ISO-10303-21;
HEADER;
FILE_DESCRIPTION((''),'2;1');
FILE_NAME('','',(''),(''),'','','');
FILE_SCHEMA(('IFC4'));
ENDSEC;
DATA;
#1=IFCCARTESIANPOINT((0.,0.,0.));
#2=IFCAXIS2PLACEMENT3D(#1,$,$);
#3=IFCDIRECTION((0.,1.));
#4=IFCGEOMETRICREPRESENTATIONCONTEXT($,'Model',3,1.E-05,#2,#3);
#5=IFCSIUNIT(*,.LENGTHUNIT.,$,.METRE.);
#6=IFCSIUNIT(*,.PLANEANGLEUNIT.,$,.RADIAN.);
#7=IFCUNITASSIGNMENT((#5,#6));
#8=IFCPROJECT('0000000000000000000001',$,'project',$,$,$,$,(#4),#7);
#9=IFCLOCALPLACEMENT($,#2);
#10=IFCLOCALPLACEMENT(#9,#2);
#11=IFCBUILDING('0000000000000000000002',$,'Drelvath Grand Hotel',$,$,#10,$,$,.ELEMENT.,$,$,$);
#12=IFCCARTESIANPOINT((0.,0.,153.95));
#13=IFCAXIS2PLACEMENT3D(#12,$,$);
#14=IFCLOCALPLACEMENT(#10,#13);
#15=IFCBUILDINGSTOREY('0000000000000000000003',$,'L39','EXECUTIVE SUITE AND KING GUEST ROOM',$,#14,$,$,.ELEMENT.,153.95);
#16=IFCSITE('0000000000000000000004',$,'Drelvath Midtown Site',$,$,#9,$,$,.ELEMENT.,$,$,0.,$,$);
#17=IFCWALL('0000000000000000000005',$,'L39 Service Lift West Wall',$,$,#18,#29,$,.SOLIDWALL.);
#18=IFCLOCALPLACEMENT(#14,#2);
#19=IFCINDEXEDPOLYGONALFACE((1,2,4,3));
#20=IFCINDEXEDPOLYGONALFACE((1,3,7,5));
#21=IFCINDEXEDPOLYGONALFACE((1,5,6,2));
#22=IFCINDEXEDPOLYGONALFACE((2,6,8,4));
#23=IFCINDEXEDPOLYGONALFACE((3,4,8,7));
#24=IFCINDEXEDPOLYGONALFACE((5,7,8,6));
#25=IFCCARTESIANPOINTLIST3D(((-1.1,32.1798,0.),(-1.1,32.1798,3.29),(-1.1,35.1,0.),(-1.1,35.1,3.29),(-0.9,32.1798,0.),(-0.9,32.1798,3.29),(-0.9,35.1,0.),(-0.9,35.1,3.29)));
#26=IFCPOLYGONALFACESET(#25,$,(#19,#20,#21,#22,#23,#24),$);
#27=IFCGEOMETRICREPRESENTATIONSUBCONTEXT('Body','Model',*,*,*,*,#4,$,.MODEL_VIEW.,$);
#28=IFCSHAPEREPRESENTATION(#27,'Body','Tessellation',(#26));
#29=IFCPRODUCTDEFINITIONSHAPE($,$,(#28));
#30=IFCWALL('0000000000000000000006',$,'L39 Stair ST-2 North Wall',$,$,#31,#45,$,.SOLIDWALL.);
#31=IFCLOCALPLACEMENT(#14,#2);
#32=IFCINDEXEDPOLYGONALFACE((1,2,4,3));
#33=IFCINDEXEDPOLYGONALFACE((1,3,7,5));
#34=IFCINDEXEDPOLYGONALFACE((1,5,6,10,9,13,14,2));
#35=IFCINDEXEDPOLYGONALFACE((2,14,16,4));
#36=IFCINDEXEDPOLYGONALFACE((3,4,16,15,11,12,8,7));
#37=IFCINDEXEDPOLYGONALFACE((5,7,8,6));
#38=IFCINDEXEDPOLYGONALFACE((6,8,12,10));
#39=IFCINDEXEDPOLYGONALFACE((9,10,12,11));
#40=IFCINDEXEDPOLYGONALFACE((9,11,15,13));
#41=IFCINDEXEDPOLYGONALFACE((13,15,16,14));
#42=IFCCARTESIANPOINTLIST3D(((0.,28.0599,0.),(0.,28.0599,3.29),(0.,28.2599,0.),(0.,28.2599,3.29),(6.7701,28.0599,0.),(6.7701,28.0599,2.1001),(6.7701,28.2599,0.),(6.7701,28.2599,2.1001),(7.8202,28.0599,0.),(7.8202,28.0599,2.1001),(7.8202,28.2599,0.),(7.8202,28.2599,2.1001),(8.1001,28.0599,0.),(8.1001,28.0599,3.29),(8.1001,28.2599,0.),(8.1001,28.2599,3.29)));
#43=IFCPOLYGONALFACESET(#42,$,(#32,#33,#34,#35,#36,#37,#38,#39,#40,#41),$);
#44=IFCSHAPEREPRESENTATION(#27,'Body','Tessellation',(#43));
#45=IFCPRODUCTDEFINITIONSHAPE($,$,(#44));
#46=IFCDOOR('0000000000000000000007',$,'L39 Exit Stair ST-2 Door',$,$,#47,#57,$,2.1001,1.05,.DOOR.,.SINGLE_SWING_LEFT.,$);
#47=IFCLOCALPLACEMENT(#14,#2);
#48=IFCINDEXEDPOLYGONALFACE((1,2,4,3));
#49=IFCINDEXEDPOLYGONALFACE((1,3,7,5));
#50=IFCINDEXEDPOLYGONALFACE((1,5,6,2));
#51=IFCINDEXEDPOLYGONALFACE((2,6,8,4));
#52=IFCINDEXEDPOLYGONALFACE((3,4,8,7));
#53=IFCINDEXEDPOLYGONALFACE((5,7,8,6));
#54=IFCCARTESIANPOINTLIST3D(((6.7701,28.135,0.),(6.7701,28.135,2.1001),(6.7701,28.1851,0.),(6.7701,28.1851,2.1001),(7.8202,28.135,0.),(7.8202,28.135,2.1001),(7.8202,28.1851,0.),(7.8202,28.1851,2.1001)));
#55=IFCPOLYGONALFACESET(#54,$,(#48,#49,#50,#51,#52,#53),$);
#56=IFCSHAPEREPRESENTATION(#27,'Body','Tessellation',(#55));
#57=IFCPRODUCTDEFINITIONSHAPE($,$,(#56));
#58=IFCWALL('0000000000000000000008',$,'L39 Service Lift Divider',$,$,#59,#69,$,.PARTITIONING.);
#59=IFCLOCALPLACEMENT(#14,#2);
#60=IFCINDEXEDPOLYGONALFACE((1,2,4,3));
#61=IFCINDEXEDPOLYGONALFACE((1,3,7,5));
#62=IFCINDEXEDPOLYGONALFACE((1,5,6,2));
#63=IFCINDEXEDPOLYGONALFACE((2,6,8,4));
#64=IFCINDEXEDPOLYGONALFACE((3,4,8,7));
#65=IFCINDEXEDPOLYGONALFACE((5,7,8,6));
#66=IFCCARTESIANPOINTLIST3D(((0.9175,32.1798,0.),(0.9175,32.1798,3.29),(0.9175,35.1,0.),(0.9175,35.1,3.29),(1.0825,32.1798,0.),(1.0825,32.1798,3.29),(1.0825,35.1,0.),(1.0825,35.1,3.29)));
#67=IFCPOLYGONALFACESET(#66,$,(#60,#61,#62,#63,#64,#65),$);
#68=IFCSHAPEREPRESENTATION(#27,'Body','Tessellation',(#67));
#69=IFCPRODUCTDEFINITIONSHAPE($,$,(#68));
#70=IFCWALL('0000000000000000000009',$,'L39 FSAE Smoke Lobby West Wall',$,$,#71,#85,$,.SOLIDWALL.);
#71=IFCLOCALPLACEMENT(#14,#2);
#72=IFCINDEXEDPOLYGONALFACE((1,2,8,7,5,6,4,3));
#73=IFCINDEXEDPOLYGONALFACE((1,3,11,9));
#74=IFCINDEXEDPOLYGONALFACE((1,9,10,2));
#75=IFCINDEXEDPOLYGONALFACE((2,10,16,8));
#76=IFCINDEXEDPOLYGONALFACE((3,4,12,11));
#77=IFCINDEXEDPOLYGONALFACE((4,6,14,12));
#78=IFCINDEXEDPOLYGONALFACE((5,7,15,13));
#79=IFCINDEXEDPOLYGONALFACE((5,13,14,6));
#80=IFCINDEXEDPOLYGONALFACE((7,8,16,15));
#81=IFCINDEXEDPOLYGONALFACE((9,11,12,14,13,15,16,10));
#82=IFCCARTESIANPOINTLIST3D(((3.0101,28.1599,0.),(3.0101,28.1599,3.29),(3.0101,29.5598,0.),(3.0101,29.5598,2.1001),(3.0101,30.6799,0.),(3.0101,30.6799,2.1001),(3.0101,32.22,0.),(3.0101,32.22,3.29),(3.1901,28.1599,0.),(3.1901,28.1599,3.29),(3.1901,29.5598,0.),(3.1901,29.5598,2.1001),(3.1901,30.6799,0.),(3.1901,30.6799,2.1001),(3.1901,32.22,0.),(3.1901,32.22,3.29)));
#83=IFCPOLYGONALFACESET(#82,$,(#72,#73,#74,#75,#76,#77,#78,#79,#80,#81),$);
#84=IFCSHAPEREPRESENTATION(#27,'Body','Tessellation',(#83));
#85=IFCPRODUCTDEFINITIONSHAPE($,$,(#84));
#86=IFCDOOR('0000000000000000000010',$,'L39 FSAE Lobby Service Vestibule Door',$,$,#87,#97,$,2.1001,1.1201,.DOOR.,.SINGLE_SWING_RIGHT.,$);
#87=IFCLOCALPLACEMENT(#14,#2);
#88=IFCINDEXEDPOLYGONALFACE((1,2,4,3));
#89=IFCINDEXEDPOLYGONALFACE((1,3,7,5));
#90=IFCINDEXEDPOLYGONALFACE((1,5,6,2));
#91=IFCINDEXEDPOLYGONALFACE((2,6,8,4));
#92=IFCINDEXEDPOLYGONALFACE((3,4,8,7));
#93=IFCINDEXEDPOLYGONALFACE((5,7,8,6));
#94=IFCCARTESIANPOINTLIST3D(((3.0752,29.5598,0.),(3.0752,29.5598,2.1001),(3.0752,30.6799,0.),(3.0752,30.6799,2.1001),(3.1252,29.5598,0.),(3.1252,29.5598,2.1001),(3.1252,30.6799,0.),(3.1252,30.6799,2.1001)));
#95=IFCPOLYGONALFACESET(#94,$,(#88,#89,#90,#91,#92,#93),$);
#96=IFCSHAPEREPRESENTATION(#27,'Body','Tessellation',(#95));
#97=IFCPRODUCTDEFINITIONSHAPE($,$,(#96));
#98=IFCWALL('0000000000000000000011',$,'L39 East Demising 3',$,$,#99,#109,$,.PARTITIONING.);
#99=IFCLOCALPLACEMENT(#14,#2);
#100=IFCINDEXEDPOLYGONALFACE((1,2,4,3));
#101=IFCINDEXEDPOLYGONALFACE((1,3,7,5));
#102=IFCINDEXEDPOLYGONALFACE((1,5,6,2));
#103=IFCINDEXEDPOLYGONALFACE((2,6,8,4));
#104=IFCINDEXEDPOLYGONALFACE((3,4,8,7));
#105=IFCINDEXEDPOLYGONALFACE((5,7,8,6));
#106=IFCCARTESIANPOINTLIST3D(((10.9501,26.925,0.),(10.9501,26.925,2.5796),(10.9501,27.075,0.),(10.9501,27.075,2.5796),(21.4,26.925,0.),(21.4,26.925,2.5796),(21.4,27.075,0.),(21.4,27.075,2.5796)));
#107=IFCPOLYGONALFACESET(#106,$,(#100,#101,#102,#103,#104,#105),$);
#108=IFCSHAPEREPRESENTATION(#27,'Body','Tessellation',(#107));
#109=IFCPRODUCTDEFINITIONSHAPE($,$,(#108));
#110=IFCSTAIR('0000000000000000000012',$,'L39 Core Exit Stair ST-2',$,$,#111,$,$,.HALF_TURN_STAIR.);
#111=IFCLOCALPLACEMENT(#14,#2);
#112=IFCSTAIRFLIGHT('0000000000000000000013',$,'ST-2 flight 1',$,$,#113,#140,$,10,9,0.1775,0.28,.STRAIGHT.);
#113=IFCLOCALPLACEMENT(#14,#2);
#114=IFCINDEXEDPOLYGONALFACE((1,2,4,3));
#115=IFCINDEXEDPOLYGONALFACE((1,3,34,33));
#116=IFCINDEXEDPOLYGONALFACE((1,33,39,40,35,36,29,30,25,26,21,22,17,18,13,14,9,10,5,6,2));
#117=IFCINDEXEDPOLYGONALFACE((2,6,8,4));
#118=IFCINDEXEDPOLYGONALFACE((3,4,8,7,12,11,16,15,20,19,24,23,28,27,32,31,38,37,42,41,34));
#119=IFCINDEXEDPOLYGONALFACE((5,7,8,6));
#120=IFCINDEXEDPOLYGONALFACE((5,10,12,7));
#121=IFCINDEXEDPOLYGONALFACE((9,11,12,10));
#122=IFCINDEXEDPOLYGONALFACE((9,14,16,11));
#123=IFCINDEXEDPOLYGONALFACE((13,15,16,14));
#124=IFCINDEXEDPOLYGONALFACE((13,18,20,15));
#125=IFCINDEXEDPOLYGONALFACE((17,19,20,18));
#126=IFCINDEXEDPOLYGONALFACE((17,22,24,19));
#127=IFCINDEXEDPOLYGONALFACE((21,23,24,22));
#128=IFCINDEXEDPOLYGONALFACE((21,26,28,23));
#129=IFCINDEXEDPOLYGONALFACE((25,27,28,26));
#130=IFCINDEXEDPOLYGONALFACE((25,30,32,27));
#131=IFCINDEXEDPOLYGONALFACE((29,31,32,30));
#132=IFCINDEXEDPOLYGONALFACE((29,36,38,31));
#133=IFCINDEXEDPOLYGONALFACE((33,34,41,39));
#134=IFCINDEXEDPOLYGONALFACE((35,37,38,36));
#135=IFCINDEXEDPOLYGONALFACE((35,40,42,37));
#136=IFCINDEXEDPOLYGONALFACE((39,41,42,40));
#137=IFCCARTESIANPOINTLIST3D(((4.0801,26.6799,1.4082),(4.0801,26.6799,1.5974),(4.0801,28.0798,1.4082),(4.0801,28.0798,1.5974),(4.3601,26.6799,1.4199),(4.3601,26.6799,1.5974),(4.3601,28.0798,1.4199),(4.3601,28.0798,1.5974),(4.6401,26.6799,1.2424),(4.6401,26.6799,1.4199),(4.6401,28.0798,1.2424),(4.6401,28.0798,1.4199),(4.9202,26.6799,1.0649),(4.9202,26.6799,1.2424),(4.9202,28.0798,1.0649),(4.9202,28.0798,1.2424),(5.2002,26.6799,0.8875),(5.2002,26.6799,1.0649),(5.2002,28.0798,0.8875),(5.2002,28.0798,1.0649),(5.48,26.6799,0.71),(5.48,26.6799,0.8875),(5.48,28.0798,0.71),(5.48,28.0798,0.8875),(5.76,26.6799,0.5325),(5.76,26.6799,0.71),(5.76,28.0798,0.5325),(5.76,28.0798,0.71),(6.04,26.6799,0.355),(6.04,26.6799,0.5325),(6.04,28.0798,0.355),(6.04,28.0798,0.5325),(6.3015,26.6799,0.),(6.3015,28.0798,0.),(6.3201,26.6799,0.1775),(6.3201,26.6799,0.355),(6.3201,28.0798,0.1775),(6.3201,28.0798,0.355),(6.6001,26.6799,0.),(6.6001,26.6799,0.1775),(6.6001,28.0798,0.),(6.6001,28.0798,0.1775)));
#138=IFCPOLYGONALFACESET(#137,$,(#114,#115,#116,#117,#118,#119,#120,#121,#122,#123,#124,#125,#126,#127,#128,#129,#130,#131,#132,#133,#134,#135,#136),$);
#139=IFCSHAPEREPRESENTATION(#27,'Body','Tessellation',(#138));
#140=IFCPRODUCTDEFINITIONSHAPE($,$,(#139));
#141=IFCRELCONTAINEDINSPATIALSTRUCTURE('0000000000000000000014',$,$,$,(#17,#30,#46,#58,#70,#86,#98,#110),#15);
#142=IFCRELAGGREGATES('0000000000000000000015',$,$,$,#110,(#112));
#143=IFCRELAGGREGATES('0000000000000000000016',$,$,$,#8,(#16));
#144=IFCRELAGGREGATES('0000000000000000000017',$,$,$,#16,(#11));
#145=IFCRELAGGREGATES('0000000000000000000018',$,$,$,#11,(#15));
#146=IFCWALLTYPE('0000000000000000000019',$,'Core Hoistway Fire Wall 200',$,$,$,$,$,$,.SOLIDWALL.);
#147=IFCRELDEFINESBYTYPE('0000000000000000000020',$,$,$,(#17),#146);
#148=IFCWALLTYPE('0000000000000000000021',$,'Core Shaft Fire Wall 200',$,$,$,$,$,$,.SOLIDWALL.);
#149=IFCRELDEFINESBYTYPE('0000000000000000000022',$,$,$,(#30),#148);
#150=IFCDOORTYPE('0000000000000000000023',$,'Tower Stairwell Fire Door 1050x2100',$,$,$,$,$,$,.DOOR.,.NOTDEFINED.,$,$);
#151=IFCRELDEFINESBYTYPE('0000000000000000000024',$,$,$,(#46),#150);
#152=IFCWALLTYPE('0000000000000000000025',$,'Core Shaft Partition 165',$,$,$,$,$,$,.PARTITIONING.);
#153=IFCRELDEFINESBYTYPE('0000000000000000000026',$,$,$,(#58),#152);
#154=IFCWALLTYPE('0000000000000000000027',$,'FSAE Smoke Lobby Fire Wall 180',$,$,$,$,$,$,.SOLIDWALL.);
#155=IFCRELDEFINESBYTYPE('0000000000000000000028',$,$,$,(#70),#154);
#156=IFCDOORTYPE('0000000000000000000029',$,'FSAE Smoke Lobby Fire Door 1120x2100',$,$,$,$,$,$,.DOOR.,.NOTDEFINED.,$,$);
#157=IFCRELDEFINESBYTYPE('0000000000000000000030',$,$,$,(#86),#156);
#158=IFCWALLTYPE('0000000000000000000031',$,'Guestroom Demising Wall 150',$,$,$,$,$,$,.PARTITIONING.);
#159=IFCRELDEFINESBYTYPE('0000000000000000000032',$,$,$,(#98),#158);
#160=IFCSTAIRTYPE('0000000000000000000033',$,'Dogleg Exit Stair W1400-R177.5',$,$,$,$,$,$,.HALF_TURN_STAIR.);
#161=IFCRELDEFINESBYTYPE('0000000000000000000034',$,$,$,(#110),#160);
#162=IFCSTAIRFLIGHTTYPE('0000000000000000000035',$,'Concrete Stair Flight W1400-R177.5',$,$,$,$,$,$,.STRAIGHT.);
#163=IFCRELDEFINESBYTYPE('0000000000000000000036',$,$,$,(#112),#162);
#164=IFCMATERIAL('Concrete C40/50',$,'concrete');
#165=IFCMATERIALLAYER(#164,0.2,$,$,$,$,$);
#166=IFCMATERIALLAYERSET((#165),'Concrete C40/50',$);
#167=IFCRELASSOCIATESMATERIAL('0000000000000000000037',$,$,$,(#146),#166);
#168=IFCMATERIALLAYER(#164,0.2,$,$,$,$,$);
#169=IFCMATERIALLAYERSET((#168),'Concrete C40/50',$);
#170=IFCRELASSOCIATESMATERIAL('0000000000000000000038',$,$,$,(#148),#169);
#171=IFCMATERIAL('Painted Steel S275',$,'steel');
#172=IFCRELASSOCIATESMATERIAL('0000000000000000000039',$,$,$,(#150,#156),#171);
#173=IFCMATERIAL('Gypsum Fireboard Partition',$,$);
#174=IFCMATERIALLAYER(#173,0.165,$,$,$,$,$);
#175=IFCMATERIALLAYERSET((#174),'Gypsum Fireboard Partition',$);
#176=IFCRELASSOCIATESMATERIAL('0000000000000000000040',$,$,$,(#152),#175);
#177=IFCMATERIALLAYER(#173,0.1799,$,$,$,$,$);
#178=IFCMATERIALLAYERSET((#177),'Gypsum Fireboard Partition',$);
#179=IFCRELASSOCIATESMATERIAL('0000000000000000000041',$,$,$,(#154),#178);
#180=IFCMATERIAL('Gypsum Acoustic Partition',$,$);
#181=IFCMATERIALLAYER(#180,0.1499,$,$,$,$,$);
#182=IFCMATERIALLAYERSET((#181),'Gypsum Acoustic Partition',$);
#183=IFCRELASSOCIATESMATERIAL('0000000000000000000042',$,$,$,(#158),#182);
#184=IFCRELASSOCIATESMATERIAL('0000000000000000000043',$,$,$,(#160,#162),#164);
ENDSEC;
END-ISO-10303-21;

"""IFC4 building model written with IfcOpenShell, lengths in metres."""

from ifc_helpers import new_model, si_unit, direction, frame, frame_2d, origin, place, context, subcontext, project, spatial, polyline, rectangle, outline, extrude, material, layer, layer_set, type_object, element, fill, aggregate, save


model = new_model("IFC4")

# Units and contexts
model_context = context("Model", 3, precision=1e-05, world=origin(), true_north=direction((0.0, 1.0)))
body_context = subcontext(model_context, "Body", "Model", "MODEL_VIEW")
ifc_project = project(units=[si_unit("LENGTHUNIT", "METRE"), si_unit("PLANEANGLEUNIT", "RADIAN")], contexts=[model_context])

# Site, building, storey
site_placement = place(None, origin())
site = spatial("IfcSite", under=ifc_project, at=site_placement, Name="Drelvath Midtown Site", CompositionType="ELEMENT", RefElevation=0.0)
building_placement = place(site_placement, origin())
building = spatial("IfcBuilding", under=site, at=building_placement, Name="Drelvath Grand Hotel", CompositionType="ELEMENT")
storey_placement = place(building_placement, frame((0.0, 0.0, 153.95)))
storey = spatial("IfcBuildingStorey", under=building, at=storey_placement, Name="L39", Description="EXECUTIVE SUITE AND KING GUEST ROOM", CompositionType="ELEMENT", Elevation=153.95)

# Shared definitions
ifc_material_1 = material(Name="Concrete C40/50", Category="concrete")
ifc_layer_1 = layer(ifc_material_1, 0.2)
ifc_layer_set_1 = layer_set([ifc_layer_1], Name="Concrete C40/50")
wall_type_1 = type_object("IfcWallType", Name="Core Hoistway Fire Wall 200", PredefinedType="SOLIDWALL", material=ifc_layer_set_1)

# Wall
wall_1_placement = place(storey_placement, frame((-1.0, 32.1799, 0.0), z_axis=(0.0, 0.0, 1.0), x_axis=(0.0, 1.0, 0.0)))
element("IfcWall", 1, at=wall_1_placement, inside=storey, type_object=wall_type_1, Name="L39 Service Lift West Wall", PredefinedType="SOLIDWALL", context=body_context, shape_type="SweptSolid", body=[
    extrude(rectangle(XDim=2.9202, YDim=0.2, at=frame_2d((1.46, 0.0))), origin(), (0.0, 0.0, 1.0), 3.29),
])

# Wall, opening, door
ifc_layer_2 = layer(ifc_material_1, 0.2)
ifc_layer_set_2 = layer_set([ifc_layer_2], Name="Concrete C40/50")
wall_type_2 = type_object("IfcWallType", Name="Core Shaft Fire Wall 200", PredefinedType="SOLIDWALL", material=ifc_layer_set_2)
wall_2_placement = place(storey_placement, frame((8.1001, 28.1599, 0.0), z_axis=(0.0, 0.0, 1.0), x_axis=(-1.0, 0.0, 0.0)))
wall_2 = element("IfcWall", 2, at=wall_2_placement, inside=storey, type_object=wall_type_2, Name="L39 Stair ST-2 North Wall", PredefinedType="SOLIDWALL", context=body_context, shape_type="SweptSolid", body=[
    extrude(rectangle(XDim=8.1001, YDim=0.2, at=frame_2d((4.05, 0.0))), origin(), (0.0, 0.0, 1.0), 3.29),
])
opening_1_placement = place(wall_2_placement, frame((0.28, 0.0, 0.0)))
opening_1 = element("IfcOpeningElement", 3, at=opening_1_placement, cuts=wall_2, PredefinedType="OPENING", context=body_context, shape_type="SweptSolid", body=[
    extrude(rectangle(XDim=1.05, YDim=2.1001, at=frame_2d((0.5249, 1.05))), frame((0.0, 0.1099, 0.0), z_axis=(0.0, -1.0, 0.0), x_axis=(1.0, 0.0, 0.0)), (0.0, 0.0, 1.0), 0.22),
])
ifc_material_2 = material(Name="Painted Steel S275", Category="steel")
door_type_1 = type_object("IfcDoorType", Name="Tower Stairwell Fire Door 1050x2100", OperationType="NOTDEFINED", PredefinedType="DOOR", material=ifc_material_2)
door_1_placement = place(opening_1_placement, origin())
door_1 = element("IfcDoor", 4, at=door_1_placement, inside=storey, type_object=door_type_1, Name="L39 Exit Stair ST-2 Door", OperationType="SINGLE_SWING_LEFT", OverallHeight=2.1001, OverallWidth=1.05, PredefinedType="DOOR", context=body_context, shape_type="SweptSolid", body=[
    extrude(rectangle(XDim=1.05, YDim=2.1001, at=frame_2d((0.5249, 1.05))), frame((0.0, 0.0249, 0.0), z_axis=(0.0, -1.0, 0.0), x_axis=(1.0, 0.0, 0.0)), (0.0, 0.0, 1.0), 0.05),
])
fill(opening_1, door_1)

# Wall
ifc_material_3 = material(Name="Gypsum Fireboard Partition")
ifc_layer_3 = layer(ifc_material_3, 0.165)
ifc_layer_set_3 = layer_set([ifc_layer_3], Name="Gypsum Fireboard Partition")
wall_type_3 = type_object("IfcWallType", Name="Core Shaft Partition 165", PredefinedType="PARTITIONING", material=ifc_layer_set_3)
wall_3_placement = place(storey_placement, frame((1.0, 32.1799, 0.0), z_axis=(0.0, 0.0, 1.0), x_axis=(0.0, 1.0, 0.0)))
element("IfcWall", 5, at=wall_3_placement, inside=storey, type_object=wall_type_3, Name="L39 Service Lift Divider", PredefinedType="PARTITIONING", context=body_context, shape_type="SweptSolid", body=[
    extrude(rectangle(XDim=2.9202, YDim=0.165, at=frame_2d((1.46, 0.0))), origin(), (0.0, 0.0, 1.0), 3.29),
])

# Wall, opening, door
ifc_layer_4 = layer(ifc_material_3, 0.1799)
ifc_layer_set_4 = layer_set([ifc_layer_4], Name="Gypsum Fireboard Partition")
wall_type_4 = type_object("IfcWallType", Name="FSAE Smoke Lobby Fire Wall 180", PredefinedType="SOLIDWALL", material=ifc_layer_set_4)
wall_4_placement = place(storey_placement, frame((3.1001, 28.1599, 0.0), z_axis=(0.0, 0.0, 1.0), x_axis=(0.0, 1.0, 0.0)))
wall_4 = element("IfcWall", 6, at=wall_4_placement, inside=storey, type_object=wall_type_4, Name="L39 FSAE Smoke Lobby West Wall", PredefinedType="SOLIDWALL", context=body_context, shape_type="SweptSolid", body=[
    extrude(rectangle(XDim=4.0601, YDim=0.1799, at=frame_2d((2.03, 0.0))), origin(), (0.0, 0.0, 1.0), 3.29),
])
opening_2_placement = place(wall_4_placement, frame((1.3999, 0.0, 0.0)))
opening_2 = element("IfcOpeningElement", 7, at=opening_2_placement, cuts=wall_4, PredefinedType="OPENING", context=body_context, shape_type="SweptSolid", body=[
    extrude(rectangle(XDim=1.1201, YDim=2.1001, at=frame_2d((0.5601, 1.05))), frame((0.0, 0.0999, 0.0), z_axis=(0.0, -1.0, 0.0), x_axis=(1.0, 0.0, 0.0)), (0.0, 0.0, 1.0), 0.2),
])
door_type_2 = type_object("IfcDoorType", Name="FSAE Smoke Lobby Fire Door 1120x2100", OperationType="NOTDEFINED", PredefinedType="DOOR", material=ifc_material_2)
door_2_placement = place(opening_2_placement, origin())
door_2 = element("IfcDoor", 8, at=door_2_placement, inside=storey, type_object=door_type_2, Name="L39 FSAE Lobby Service Vestibule Door", OperationType="SINGLE_SWING_RIGHT", OverallHeight=2.1001, OverallWidth=1.1201, PredefinedType="DOOR", context=body_context, shape_type="SweptSolid", body=[
    extrude(rectangle(XDim=1.1201, YDim=2.1001, at=frame_2d((0.5601, 1.05))), frame((0.0, 0.0249, 0.0), z_axis=(0.0, -1.0, 0.0), x_axis=(1.0, 0.0, 0.0)), (0.0, 0.0, 1.0), 0.05),
])
fill(opening_2, door_2)

# Wall
ifc_material_4 = material(Name="Gypsum Acoustic Partition")
ifc_layer_5 = layer(ifc_material_4, 0.1499)
ifc_layer_set_5 = layer_set([ifc_layer_5], Name="Gypsum Acoustic Partition")
wall_type_5 = type_object("IfcWallType", Name="Guestroom Demising Wall 150", PredefinedType="PARTITIONING", material=ifc_layer_set_5)
wall_5_placement = place(storey_placement, frame((10.95, 27.0, 0.0), z_axis=(0.0, 0.0, 1.0), x_axis=(1.0, 0.0, 0.0)))
element("IfcWall", 9, at=wall_5_placement, inside=storey, type_object=wall_type_5, Name="L39 East Demising 3", PredefinedType="PARTITIONING", context=body_context, shape_type="SweptSolid", body=[
    extrude(rectangle(XDim=10.45, YDim=0.1499, at=frame_2d((5.2251, 0.0))), origin(), (0.0, 0.0, 1.0), 2.5796),
])

# Stair, stair flight
stair_type = type_object("IfcStairType", Name="Dogleg Exit Stair W1400-R177.5", PredefinedType="HALF_TURN_STAIR", material=ifc_material_1)
stair_placement = place(storey_placement, origin())
stair = element("IfcStair", 10, at=stair_placement, inside=storey, type_object=stair_type, Name="L39 Core Exit Stair ST-2", PredefinedType="HALF_TURN_STAIR")
stair_flight_type = type_object("IfcStairFlightType", Name="Concrete Stair Flight W1400-R177.5", PredefinedType="STRAIGHT", material=ifc_material_1)
stair_flight_placement = place(storey_placement, frame((6.6001, 27.3799, 0.0), z_axis=(0.0, 0.0, 1.0), x_axis=(-1.0, 0.0, 0.0)))
stair_flight = element("IfcStairFlight", 11, at=stair_flight_placement, type_object=stair_flight_type, Name="ST-2 flight 1", NumberOfRisers=10, NumberOfTreads=9, PredefinedType="STRAIGHT", RiserHeight=0.1775, TreadLength=0.28, context=body_context, shape_type="SweptSolid", body=[
    extrude(outline(polyline([(0.0, 0.0), (0.0, 0.1775), (0.28, 0.1775), (0.28, 0.355), (0.5601, 0.355), (0.5601, 0.5325), (0.8401, 0.5325), (0.8401, 0.71), (1.1201, 0.71), (1.1201, 0.8875), (1.3999, 0.8875), (1.3999, 1.0649), (1.6799, 1.0649), (1.6799, 1.2424), (1.96, 1.2424), (1.96, 1.4199), (2.24, 1.4199), (2.24, 1.5974), (2.52, 1.5974), (2.52, 1.7749), (2.52, 1.4082), (0.2986, 0.0), (0.0, 0.0)])), frame((0.0, 0.7, 0.0), z_axis=(0.0, -1.0, 0.0), x_axis=(1.0, 0.0, 0.0)), (0.0, 0.0, 1.0), 1.3999),
])
aggregate(stair, [stair_flight])

save(model, "model.ifc")
